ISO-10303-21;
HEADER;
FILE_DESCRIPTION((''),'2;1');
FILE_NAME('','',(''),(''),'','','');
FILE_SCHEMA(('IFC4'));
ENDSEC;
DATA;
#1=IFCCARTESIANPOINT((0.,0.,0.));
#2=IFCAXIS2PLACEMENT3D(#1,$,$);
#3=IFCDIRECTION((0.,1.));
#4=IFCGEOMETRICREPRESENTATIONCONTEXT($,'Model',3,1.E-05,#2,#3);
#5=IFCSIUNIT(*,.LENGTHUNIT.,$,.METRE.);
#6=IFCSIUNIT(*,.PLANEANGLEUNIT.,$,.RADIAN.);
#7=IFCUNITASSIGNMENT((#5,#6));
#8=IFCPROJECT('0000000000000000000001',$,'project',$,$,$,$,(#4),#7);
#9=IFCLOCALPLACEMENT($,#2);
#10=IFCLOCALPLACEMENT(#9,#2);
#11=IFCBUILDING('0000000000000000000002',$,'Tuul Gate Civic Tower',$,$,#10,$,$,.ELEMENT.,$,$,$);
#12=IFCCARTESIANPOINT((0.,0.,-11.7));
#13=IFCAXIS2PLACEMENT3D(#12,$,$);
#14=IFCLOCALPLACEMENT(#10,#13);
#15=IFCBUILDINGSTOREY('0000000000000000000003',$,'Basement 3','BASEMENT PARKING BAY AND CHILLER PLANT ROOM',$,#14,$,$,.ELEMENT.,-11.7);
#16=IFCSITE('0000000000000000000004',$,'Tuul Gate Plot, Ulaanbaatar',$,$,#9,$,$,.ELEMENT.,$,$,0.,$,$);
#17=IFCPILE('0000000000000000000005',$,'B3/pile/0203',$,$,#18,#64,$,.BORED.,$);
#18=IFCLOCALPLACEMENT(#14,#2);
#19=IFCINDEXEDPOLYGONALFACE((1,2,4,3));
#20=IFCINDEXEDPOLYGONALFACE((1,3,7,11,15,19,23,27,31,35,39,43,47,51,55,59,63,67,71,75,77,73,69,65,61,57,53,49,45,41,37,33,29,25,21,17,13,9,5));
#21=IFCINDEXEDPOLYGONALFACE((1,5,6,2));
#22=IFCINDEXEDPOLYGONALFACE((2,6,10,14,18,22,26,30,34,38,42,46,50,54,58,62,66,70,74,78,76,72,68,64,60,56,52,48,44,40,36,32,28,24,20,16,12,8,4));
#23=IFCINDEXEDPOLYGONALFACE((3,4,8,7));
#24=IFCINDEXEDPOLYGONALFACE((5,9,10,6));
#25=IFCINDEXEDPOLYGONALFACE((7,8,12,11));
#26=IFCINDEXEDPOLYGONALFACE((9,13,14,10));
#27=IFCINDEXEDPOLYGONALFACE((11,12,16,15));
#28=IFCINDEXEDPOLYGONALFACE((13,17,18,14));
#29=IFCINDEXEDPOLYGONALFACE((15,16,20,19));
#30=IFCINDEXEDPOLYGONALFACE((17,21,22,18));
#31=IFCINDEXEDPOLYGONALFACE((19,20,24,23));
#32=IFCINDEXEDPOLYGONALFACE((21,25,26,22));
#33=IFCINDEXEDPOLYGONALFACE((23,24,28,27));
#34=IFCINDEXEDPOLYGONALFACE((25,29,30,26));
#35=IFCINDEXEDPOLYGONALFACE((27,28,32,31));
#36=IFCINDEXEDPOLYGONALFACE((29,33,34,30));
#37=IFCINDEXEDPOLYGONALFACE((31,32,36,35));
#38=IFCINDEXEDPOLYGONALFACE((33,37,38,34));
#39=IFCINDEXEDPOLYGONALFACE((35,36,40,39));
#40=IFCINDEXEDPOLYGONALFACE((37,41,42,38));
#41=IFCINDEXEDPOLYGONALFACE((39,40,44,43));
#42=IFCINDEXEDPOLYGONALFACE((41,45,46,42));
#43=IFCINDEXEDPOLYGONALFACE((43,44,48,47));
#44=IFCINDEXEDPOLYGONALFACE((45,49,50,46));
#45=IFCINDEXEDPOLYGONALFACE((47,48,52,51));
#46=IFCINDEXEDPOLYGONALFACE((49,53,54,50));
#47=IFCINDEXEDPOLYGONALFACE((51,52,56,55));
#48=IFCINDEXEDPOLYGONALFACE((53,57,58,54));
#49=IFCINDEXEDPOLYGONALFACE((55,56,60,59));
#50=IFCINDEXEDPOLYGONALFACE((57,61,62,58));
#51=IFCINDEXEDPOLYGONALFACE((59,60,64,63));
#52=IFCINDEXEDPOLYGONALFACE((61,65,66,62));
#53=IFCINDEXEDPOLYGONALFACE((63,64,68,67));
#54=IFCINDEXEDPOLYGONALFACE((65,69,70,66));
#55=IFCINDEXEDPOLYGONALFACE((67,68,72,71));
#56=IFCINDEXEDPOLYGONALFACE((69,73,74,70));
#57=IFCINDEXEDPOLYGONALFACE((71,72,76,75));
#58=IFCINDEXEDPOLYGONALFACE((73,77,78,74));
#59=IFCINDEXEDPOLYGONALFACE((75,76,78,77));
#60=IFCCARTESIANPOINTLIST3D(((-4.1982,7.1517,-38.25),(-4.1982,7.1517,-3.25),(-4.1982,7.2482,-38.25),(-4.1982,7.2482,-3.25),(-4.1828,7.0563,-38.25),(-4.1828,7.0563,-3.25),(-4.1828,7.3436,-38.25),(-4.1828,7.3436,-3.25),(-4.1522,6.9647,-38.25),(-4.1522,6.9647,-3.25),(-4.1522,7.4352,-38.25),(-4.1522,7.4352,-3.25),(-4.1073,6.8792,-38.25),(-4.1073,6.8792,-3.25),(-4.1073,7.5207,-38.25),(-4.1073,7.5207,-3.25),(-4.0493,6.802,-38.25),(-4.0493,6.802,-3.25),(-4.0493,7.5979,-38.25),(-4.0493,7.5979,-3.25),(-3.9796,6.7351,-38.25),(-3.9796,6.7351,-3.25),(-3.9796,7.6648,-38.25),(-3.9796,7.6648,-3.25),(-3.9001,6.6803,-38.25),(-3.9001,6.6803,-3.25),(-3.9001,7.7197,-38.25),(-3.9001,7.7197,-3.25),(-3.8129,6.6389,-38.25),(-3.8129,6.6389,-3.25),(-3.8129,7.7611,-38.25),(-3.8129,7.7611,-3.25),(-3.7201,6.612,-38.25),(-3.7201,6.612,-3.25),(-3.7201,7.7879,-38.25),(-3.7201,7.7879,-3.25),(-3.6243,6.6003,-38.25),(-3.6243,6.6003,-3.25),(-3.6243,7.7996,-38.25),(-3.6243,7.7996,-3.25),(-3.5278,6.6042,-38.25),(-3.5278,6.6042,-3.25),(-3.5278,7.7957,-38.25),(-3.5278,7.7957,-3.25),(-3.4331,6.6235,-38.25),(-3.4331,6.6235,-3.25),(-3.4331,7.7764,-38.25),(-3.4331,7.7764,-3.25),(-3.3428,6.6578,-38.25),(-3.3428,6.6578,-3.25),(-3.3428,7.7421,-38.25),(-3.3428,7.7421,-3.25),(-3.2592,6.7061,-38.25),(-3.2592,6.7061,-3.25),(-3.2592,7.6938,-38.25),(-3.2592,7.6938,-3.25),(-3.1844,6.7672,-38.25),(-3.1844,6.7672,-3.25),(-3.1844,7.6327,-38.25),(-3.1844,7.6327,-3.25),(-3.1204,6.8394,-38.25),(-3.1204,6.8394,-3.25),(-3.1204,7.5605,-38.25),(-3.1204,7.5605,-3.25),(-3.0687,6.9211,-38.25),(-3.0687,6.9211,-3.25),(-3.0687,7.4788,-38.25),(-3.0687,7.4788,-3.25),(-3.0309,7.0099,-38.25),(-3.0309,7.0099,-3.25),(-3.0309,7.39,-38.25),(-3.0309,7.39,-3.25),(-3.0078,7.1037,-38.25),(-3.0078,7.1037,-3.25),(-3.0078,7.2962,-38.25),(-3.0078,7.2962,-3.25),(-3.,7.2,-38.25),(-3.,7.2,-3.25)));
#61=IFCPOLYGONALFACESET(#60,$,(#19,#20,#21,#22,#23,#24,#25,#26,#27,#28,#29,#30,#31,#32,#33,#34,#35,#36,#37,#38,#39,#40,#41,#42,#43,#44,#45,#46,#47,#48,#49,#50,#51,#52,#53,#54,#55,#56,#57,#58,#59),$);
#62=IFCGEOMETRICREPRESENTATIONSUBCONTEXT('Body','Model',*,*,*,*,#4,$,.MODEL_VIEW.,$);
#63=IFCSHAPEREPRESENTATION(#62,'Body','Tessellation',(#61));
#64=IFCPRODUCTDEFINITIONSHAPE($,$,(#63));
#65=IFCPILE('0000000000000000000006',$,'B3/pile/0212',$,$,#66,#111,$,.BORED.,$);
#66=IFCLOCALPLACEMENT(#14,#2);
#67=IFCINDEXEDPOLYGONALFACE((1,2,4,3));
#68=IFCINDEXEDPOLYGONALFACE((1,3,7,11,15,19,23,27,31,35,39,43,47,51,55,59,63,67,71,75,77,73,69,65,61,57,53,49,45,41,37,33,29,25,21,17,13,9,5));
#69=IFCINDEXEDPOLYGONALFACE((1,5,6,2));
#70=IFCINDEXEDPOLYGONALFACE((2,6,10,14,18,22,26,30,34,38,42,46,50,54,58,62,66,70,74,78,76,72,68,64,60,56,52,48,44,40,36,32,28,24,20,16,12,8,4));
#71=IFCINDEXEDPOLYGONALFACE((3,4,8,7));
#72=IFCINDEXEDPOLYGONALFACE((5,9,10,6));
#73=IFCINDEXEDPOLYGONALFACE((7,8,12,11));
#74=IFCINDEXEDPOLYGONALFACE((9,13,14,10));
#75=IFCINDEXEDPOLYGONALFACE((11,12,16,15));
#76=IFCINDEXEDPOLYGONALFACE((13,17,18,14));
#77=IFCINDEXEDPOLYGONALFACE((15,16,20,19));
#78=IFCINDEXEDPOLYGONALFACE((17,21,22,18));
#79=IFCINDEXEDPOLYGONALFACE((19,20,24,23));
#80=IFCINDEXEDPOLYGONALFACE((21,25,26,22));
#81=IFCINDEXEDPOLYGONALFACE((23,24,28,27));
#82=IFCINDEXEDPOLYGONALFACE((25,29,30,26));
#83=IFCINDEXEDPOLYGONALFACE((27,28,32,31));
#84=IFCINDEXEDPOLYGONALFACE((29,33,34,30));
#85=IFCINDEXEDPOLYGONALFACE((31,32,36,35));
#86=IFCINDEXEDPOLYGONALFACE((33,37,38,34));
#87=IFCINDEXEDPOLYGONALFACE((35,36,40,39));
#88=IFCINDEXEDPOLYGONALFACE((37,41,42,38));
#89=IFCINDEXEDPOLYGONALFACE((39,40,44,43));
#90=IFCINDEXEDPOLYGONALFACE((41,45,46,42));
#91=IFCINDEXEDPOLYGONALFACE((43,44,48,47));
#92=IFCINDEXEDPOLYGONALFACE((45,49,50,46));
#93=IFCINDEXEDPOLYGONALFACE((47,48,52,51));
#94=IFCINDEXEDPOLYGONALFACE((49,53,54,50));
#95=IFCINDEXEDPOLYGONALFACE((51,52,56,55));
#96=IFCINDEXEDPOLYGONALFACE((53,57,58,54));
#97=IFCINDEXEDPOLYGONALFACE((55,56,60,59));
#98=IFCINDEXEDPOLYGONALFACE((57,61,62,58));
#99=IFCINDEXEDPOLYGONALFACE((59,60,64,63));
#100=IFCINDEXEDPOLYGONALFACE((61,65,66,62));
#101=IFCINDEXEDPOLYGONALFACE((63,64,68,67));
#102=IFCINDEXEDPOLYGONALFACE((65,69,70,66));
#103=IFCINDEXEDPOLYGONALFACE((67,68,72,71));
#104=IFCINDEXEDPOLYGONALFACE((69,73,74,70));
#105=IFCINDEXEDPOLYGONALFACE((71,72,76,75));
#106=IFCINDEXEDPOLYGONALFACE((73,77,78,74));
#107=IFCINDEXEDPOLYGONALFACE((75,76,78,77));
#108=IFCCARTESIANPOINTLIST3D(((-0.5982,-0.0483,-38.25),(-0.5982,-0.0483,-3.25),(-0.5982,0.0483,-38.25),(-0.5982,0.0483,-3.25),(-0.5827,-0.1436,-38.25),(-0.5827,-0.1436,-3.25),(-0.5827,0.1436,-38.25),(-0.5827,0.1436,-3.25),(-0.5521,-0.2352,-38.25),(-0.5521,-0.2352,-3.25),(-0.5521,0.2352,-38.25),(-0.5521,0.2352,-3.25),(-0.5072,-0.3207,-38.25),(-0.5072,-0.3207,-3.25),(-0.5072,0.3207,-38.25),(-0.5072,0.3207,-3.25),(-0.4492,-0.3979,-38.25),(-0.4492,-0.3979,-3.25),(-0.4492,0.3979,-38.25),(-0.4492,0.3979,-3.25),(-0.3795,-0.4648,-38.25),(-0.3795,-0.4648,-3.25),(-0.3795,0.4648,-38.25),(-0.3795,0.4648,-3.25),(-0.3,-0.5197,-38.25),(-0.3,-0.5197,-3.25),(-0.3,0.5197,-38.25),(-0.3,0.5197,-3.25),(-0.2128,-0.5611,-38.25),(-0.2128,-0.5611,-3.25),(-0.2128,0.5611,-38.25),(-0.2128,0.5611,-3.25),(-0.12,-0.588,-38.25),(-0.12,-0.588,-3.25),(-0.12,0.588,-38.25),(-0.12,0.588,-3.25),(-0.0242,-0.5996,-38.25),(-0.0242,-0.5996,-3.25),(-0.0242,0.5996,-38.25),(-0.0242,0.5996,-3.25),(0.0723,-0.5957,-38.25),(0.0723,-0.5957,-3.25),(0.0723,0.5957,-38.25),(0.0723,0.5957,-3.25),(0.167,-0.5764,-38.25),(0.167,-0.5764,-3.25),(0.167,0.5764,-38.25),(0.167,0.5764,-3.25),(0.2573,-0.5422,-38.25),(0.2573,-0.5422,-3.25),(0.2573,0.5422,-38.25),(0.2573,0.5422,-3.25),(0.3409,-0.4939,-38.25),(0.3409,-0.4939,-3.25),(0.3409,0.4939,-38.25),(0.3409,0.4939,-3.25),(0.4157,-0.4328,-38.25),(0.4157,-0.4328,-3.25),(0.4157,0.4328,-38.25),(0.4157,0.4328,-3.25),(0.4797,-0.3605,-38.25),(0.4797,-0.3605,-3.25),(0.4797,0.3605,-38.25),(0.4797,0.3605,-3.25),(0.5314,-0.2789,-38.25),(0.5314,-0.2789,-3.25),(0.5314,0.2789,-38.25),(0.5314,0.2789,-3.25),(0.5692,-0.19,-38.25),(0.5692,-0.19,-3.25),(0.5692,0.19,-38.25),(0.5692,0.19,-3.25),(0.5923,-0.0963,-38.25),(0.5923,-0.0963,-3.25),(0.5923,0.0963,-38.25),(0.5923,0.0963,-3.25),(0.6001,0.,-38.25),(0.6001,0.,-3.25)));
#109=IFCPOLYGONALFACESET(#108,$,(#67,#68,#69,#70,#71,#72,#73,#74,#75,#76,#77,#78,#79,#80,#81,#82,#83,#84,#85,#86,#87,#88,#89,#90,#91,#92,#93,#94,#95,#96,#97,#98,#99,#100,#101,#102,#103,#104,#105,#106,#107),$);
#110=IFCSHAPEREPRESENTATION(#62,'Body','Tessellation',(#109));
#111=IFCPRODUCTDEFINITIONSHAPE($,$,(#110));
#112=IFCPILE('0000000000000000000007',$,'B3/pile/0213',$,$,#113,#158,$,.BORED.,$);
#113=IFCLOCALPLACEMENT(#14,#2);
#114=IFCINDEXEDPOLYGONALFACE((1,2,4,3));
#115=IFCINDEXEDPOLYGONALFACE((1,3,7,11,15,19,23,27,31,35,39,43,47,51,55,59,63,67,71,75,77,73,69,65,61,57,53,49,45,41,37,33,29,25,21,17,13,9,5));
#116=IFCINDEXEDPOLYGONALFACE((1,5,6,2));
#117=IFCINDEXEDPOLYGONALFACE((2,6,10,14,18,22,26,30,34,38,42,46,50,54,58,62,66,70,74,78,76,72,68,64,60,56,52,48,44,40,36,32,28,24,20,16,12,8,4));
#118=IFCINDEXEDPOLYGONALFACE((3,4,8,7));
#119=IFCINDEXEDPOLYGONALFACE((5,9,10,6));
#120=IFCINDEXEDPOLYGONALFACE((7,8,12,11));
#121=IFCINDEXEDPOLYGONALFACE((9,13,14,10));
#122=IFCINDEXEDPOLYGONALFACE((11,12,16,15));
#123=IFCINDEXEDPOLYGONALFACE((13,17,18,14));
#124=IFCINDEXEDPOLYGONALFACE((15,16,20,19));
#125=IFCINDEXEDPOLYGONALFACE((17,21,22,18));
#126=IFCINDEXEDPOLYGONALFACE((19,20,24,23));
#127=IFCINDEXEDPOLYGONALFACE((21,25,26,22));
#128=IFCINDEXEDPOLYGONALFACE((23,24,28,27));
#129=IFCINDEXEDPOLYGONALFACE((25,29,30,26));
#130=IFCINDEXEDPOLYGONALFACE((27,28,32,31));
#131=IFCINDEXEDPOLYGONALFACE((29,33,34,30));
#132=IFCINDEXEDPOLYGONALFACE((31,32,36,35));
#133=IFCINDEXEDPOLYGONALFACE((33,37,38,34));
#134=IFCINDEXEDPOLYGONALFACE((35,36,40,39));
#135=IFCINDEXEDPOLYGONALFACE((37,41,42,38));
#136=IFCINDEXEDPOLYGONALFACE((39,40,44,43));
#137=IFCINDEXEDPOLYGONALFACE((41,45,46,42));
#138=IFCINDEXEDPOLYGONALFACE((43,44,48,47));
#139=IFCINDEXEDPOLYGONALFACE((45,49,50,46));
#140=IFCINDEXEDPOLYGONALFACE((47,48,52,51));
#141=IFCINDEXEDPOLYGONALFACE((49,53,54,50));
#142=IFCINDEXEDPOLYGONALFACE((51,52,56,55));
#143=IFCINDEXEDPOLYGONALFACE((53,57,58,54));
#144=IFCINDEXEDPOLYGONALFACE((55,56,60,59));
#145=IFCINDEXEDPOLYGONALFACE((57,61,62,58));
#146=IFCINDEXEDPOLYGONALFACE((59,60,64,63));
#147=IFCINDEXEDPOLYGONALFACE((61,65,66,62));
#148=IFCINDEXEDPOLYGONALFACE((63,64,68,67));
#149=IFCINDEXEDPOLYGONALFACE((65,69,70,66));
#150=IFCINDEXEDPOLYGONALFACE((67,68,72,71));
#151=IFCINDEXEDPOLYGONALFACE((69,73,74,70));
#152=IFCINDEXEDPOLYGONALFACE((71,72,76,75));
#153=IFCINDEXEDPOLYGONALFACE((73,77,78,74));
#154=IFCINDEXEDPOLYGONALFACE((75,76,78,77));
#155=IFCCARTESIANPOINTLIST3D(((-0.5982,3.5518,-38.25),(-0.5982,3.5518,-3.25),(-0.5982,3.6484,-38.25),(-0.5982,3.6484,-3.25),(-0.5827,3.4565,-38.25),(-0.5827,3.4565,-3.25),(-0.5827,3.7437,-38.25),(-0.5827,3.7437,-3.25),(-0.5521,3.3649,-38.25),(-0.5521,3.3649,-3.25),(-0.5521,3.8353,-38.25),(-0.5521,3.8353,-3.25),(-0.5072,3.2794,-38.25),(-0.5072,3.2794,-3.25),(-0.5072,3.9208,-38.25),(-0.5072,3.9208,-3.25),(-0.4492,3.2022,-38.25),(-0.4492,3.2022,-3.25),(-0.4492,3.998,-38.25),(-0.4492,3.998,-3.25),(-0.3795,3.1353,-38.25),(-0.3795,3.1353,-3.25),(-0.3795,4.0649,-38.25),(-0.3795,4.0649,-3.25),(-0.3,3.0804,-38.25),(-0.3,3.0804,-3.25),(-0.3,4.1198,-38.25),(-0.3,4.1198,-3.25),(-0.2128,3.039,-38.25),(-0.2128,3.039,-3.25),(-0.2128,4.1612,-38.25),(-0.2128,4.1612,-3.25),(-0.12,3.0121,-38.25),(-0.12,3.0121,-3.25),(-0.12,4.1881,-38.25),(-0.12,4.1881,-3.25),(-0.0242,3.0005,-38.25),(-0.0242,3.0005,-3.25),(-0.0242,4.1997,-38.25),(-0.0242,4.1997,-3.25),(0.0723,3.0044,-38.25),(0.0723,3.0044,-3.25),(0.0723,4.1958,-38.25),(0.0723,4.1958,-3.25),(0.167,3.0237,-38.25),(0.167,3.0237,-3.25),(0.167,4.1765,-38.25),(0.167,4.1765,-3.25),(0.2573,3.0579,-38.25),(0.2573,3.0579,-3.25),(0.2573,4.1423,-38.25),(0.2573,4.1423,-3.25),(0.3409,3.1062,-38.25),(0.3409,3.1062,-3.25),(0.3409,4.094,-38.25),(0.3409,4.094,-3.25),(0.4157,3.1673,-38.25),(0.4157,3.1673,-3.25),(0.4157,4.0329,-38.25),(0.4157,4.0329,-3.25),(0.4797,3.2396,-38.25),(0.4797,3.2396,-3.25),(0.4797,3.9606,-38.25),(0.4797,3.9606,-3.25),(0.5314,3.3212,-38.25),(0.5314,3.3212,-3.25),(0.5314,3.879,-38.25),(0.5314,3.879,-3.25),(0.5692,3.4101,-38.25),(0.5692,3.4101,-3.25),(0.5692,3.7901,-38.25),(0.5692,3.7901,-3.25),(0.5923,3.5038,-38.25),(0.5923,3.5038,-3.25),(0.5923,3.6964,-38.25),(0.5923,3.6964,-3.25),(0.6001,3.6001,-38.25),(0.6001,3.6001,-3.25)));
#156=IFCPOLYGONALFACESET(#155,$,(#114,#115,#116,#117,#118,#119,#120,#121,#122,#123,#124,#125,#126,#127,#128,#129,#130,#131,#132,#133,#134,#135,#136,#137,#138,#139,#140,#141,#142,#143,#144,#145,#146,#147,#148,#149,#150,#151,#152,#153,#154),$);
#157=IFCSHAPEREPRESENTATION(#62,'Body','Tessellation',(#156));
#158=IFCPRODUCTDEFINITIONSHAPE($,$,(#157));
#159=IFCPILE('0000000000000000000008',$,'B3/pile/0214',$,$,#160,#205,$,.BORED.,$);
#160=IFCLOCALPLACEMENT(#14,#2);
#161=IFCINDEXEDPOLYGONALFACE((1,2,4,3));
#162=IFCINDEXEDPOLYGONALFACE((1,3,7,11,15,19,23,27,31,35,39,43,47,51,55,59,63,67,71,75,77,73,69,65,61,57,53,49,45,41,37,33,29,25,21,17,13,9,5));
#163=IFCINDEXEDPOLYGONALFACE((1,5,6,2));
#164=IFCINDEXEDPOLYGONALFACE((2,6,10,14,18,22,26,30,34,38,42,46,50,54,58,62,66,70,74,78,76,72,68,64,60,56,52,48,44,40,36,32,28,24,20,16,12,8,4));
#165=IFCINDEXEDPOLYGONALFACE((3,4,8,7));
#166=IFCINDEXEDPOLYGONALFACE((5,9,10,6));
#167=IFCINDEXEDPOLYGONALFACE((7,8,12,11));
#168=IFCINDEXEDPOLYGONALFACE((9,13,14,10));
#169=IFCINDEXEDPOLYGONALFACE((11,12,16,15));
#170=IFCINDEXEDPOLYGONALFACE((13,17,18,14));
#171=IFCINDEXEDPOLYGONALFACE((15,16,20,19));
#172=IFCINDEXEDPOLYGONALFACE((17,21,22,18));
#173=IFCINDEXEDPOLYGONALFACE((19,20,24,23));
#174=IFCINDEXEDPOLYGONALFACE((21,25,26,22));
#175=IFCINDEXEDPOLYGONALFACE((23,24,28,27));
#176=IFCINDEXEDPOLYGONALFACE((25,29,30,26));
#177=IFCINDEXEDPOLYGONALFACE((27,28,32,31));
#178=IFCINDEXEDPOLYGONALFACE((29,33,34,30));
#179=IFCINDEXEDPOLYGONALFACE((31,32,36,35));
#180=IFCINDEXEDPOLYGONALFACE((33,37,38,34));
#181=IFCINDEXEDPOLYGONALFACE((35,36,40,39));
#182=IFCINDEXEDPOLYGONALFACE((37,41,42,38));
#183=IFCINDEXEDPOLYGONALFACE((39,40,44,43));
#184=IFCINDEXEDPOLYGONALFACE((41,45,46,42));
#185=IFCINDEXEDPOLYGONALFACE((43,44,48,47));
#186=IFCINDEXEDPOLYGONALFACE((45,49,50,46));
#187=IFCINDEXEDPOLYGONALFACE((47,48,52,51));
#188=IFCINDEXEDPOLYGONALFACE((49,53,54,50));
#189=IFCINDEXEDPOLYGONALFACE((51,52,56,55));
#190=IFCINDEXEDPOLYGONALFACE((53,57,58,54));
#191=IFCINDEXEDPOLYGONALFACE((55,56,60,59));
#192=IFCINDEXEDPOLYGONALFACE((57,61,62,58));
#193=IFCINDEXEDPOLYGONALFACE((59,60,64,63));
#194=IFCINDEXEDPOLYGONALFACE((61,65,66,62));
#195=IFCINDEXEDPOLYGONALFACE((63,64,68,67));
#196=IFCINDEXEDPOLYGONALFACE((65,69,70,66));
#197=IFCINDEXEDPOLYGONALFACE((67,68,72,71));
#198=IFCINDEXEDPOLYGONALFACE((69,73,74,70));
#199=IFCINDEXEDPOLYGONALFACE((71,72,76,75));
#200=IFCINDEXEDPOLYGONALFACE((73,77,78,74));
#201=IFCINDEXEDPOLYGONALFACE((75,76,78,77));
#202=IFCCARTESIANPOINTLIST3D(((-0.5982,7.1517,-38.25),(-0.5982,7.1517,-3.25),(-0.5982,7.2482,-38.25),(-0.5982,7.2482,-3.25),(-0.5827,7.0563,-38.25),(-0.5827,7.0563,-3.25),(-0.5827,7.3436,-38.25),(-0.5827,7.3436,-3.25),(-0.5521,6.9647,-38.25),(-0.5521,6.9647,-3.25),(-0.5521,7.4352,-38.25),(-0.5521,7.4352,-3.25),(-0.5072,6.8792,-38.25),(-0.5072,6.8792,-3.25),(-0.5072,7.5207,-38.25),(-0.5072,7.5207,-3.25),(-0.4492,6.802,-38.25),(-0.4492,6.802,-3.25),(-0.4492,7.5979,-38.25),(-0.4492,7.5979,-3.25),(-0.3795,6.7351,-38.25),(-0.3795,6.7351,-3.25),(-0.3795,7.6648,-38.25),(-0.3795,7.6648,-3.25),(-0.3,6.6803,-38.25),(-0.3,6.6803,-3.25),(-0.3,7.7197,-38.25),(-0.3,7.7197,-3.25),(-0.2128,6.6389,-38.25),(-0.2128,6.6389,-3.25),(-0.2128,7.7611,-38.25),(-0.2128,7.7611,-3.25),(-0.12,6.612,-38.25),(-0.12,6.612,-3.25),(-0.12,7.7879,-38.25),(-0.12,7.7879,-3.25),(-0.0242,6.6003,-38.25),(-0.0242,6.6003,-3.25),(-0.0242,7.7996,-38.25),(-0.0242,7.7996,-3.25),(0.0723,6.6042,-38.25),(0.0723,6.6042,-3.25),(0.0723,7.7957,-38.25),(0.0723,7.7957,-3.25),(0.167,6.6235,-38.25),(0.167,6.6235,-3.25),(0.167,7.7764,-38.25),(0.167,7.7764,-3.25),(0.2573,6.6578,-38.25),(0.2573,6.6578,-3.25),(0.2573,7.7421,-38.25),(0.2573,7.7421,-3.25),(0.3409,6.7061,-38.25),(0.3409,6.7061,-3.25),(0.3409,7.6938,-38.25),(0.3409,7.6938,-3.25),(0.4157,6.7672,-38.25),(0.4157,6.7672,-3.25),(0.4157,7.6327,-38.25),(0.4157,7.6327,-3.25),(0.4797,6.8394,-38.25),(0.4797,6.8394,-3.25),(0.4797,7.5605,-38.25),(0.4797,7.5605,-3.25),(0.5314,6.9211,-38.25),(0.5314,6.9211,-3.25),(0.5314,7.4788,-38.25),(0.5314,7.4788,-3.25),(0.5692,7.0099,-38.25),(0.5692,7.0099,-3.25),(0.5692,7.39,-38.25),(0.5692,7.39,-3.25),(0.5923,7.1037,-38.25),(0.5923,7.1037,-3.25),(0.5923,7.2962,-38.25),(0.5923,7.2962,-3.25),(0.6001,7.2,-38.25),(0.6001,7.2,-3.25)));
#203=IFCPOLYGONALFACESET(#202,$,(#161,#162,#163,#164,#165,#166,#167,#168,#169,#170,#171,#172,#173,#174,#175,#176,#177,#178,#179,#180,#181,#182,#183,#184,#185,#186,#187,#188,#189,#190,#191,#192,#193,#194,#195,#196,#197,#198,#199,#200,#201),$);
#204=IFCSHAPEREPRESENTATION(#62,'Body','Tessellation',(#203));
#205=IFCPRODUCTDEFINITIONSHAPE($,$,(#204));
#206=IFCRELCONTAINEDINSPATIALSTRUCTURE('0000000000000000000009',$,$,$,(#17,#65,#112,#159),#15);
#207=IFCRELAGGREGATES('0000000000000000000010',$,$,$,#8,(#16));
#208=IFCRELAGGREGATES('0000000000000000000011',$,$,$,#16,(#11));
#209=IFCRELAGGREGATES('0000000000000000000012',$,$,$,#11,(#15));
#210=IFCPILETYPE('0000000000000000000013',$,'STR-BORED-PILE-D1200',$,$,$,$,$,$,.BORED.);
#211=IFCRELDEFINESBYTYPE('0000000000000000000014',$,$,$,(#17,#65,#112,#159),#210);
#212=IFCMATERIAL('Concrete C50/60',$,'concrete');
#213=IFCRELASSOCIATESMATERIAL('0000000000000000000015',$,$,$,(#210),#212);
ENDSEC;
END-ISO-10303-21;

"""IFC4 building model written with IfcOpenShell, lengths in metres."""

from ifc_helpers import new_model, si_unit, direction, frame, origin, origin_2d, place, context, subcontext, project, spatial, circle, extrude, material, material_profile, profile_set, type_object, element, save


model = new_model("IFC4")

# Units and contexts
model_context = context("Model", 3, precision=1e-05, world=origin(), true_north=direction((0.0, 1.0)))
body_context = subcontext(model_context, "Body", "Model", "MODEL_VIEW")
ifc_project = project(units=[si_unit("LENGTHUNIT", "METRE"), si_unit("PLANEANGLEUNIT", "RADIAN")], contexts=[model_context])

# Site, building, storey
site_placement = place(None, origin())
site = spatial("IfcSite", under=ifc_project, at=site_placement, Name="Tuul Gate Plot, Ulaanbaatar", CompositionType="ELEMENT", RefElevation=0.0)
building_placement = place(site_placement, origin())
building = spatial("IfcBuilding", under=site, at=building_placement, Name="Tuul Gate Civic Tower", CompositionType="ELEMENT")
storey_placement = place(building_placement, frame((0.0, 0.0, -11.7)))
storey = spatial("IfcBuildingStorey", under=building, at=storey_placement, Name="Basement 3", Description="BASEMENT PARKING BAY AND CHILLER PLANT ROOM", CompositionType="ELEMENT", Elevation=-11.7)

# Piles
ifc_material_1 = material(Name="Concrete C50/60", Category="concrete")
ifc_material_profile_1 = material_profile(ifc_material_1, circle(Radius=0.6001, at=origin_2d()), Name="PILE1200")
ifc_profile_set_1 = profile_set([ifc_material_profile_1], Name="Concrete C50/60")
pile_type = type_object("IfcPileType", Name="STR-BORED-PILE-D1200", PredefinedType="BORED", material=ifc_profile_set_1)
for number, where, z_axis, x_axis, name in (
    (1, (-3.6001, 7.2, -3.25), (0.0, 0.0, -1.0), (1.0, 0.0, 0.0), "B3/pile/0203"),
    (2, (0.0, 0.0, -3.25), (0.0, 0.0, -1.0), (1.0, 0.0, 0.0), "B3/pile/0212"),
    (3, (0.0, 3.6001, -3.25), (0.0, 0.0, -1.0), (1.0, 0.0, 0.0), "B3/pile/0213"),
    (4, (0.0, 7.2, -3.25), (0.0, 0.0, -1.0), (1.0, 0.0, 0.0), "B3/pile/0214"),
):
    element("IfcPile", number, at=place(storey_placement, frame(where, z_axis=z_axis, x_axis=x_axis)), inside=storey, type_object=pile_type, Name=name, PredefinedType="BORED", context=body_context, shape_type="SweptSolid", body=[
        extrude(circle(Radius=0.6001, at=origin_2d()), origin(), (0.0, 0.0, 1.0), 35.0),
    ])

save(model, "model.ifc")
